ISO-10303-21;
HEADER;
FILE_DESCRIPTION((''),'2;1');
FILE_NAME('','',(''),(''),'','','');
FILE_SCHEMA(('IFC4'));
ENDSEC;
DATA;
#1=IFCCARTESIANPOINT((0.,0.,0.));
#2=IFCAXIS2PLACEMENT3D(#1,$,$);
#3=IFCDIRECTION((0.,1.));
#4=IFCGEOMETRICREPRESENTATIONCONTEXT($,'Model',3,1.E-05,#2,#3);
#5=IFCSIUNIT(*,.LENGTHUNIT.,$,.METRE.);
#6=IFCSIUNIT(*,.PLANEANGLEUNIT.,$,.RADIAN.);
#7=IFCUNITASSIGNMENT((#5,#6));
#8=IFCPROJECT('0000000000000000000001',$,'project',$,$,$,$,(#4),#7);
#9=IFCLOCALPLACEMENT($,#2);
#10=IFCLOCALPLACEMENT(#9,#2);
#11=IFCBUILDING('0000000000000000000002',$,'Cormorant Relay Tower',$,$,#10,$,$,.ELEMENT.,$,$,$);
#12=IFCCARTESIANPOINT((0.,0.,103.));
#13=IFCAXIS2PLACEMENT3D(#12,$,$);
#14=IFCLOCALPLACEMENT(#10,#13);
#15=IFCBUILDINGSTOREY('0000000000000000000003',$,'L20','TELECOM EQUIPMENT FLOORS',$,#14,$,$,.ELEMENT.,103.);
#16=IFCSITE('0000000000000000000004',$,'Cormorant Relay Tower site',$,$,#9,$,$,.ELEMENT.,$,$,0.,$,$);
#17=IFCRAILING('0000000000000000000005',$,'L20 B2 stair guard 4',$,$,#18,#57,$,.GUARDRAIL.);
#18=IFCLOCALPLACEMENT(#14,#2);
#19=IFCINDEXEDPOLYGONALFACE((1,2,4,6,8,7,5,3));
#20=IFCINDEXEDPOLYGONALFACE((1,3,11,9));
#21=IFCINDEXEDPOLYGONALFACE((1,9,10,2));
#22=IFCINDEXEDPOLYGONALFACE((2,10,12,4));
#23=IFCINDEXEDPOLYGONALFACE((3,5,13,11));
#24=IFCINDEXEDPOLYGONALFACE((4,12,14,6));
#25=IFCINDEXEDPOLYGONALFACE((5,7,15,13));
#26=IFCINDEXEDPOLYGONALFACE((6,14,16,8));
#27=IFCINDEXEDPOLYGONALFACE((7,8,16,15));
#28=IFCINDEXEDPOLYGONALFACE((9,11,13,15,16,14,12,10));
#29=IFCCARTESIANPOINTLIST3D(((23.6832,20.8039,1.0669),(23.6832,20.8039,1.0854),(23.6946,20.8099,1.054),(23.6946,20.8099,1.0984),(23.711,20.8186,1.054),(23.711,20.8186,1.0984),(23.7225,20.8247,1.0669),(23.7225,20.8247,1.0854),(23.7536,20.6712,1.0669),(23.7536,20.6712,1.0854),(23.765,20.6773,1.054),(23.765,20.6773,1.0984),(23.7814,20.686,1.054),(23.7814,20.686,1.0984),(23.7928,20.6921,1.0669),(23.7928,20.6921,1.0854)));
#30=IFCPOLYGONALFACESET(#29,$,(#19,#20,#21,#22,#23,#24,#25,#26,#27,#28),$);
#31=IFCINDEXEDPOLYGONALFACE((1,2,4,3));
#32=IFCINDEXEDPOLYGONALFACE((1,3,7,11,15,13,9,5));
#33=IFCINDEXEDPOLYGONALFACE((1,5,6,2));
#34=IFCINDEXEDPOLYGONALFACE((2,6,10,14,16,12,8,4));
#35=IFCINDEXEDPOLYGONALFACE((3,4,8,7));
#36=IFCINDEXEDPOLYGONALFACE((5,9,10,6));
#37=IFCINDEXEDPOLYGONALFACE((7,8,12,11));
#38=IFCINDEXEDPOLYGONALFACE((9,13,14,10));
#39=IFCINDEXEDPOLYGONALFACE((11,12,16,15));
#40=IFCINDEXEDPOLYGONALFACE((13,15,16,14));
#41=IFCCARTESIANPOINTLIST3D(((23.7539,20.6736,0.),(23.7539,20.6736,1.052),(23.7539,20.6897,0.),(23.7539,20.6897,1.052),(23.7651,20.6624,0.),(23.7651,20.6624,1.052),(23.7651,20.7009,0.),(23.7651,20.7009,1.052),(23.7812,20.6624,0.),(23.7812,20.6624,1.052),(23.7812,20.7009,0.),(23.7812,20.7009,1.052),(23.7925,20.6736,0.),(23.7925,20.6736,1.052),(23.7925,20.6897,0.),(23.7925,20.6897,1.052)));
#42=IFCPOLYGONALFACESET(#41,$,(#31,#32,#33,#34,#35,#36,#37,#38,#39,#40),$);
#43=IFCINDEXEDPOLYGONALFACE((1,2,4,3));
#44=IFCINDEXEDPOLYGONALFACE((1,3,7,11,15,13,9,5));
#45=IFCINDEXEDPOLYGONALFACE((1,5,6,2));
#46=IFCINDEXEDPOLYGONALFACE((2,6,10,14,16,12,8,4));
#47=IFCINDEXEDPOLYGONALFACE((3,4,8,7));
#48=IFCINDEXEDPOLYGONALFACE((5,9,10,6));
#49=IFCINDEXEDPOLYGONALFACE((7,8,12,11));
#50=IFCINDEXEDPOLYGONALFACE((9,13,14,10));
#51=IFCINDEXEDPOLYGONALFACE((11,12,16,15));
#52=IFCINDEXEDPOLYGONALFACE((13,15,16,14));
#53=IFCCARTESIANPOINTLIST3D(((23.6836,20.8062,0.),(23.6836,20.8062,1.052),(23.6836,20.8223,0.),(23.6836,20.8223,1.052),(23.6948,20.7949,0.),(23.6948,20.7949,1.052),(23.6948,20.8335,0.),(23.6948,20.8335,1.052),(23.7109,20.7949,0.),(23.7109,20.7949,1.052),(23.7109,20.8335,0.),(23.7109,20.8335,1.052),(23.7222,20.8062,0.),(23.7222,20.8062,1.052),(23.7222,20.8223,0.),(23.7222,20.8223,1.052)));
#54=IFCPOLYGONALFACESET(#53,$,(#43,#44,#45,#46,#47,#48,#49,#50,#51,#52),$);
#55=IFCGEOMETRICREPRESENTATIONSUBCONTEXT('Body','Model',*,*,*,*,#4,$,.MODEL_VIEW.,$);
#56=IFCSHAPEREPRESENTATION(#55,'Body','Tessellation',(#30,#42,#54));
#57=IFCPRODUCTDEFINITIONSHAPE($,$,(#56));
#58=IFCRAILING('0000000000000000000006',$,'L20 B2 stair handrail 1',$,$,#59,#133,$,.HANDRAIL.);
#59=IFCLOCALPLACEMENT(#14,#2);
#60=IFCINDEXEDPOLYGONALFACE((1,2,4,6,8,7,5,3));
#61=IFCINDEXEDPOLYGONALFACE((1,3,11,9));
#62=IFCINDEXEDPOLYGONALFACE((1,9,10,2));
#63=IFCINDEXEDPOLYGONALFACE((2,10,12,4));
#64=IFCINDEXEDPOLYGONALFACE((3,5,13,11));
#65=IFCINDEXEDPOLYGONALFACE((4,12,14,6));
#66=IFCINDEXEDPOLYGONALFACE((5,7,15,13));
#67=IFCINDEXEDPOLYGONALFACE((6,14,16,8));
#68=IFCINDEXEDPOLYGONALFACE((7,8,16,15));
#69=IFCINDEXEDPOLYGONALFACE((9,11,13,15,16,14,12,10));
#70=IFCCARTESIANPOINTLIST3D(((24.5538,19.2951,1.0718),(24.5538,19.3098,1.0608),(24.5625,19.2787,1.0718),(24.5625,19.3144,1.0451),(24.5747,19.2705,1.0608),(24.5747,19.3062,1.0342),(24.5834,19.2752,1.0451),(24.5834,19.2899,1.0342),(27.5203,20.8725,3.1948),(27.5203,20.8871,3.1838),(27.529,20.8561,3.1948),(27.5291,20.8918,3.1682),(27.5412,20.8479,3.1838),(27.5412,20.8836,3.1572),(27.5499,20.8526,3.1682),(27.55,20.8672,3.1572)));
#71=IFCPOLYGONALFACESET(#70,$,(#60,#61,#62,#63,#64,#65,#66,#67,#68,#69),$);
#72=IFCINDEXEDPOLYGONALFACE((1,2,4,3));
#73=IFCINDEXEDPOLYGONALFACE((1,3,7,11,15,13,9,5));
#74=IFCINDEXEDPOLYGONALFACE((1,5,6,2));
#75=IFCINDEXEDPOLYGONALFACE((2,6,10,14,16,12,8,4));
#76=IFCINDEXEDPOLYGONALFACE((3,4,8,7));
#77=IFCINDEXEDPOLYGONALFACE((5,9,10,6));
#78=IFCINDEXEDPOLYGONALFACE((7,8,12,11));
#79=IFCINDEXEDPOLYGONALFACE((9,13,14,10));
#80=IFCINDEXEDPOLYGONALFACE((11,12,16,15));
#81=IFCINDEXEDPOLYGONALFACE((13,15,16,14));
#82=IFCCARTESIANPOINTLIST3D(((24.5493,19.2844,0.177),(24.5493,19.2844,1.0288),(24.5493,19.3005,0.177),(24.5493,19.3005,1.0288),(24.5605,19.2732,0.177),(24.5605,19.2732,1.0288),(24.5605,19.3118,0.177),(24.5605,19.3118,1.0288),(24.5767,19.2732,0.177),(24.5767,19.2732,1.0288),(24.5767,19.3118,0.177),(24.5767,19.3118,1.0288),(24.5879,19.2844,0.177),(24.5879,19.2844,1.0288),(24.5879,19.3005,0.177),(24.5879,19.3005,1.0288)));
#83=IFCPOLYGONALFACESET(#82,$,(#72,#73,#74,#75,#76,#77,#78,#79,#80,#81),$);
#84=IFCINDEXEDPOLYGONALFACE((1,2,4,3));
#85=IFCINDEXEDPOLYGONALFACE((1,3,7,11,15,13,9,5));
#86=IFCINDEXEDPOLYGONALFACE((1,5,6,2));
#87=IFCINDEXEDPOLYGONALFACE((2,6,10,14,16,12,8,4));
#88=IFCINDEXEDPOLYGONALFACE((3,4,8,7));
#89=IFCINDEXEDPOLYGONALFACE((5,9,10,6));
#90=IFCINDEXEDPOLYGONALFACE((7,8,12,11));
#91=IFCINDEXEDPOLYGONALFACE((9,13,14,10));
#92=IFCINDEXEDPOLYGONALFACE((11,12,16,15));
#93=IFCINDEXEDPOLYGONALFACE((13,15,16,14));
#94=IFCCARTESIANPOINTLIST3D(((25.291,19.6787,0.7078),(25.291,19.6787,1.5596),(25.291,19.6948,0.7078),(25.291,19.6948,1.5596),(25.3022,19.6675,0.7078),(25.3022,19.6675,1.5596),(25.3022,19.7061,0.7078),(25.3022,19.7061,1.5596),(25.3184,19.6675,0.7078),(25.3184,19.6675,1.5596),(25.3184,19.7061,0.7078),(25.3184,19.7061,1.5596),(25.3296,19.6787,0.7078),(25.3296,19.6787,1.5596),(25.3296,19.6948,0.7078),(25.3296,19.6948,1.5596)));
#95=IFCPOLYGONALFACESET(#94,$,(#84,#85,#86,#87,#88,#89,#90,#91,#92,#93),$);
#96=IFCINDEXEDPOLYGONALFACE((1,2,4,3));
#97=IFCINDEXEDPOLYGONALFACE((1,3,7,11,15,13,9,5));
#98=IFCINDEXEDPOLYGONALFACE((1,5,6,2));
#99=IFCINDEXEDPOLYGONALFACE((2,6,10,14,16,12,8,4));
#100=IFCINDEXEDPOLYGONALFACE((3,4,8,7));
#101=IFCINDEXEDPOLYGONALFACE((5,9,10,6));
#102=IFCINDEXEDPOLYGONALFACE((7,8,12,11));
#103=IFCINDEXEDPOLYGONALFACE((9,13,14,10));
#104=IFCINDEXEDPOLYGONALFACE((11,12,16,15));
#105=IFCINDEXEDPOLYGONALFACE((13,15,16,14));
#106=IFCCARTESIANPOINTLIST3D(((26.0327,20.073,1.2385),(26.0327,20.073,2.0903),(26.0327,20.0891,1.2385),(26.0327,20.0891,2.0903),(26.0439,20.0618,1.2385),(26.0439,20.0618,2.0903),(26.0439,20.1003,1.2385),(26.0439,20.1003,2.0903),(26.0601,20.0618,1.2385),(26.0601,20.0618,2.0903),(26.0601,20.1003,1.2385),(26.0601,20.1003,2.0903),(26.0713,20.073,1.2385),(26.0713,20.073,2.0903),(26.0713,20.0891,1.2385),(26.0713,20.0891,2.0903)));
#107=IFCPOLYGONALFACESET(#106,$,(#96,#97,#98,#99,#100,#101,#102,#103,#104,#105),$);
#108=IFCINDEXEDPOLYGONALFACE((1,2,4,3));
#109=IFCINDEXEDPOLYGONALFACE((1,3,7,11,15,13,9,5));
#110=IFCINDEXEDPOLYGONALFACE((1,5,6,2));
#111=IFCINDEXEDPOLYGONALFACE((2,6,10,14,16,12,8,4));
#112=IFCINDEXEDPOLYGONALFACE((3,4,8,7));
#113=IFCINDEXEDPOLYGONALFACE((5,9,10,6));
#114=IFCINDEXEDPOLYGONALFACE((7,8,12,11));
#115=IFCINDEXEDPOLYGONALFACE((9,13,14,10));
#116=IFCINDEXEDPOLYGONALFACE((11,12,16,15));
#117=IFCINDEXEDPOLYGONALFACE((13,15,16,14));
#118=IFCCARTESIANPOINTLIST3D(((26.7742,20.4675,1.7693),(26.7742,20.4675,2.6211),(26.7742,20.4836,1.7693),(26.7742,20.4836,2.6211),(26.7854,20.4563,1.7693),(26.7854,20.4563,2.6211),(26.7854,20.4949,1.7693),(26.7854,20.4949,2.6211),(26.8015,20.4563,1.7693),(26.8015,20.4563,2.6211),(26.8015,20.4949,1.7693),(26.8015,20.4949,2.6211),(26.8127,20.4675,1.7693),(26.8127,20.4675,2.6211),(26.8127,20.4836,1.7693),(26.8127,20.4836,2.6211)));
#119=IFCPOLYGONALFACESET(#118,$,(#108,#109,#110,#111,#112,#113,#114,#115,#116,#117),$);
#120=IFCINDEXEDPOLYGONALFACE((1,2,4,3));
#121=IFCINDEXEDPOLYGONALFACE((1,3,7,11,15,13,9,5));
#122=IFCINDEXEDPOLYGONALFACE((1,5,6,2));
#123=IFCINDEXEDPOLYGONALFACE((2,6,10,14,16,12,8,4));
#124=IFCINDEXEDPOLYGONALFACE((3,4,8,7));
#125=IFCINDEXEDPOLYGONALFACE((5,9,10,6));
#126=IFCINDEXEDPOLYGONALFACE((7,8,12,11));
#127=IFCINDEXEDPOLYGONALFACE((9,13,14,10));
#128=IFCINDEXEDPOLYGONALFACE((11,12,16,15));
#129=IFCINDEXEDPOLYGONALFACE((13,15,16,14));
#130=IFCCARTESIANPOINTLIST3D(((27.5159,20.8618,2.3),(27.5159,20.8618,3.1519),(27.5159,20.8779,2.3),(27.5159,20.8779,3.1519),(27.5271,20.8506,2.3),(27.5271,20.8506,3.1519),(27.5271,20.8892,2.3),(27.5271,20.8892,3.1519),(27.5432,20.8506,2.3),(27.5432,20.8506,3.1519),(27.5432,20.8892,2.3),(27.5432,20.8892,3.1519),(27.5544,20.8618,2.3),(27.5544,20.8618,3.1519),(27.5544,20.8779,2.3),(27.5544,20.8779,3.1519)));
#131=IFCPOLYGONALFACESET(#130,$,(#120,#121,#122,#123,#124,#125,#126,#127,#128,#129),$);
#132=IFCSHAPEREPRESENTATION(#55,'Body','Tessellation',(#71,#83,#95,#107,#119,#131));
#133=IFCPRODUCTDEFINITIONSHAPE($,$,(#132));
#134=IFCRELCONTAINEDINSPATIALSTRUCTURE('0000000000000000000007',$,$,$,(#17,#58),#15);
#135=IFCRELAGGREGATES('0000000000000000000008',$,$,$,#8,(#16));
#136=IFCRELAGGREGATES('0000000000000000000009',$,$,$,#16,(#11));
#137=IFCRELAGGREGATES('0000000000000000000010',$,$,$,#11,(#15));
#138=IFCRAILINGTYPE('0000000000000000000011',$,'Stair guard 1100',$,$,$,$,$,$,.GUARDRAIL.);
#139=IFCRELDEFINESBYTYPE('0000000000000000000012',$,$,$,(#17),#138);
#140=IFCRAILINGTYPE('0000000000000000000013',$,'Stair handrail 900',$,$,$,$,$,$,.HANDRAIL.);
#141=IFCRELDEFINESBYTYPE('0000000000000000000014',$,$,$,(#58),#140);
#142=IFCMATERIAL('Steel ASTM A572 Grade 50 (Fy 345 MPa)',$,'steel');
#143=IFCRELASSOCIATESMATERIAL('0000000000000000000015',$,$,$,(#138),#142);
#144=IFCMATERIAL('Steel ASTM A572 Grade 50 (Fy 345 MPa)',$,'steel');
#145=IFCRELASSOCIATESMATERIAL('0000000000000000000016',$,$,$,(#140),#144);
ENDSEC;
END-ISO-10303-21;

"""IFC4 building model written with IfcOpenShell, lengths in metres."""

from ifc_helpers import new_model, si_unit, direction, frame, origin, place, context, subcontext, project, spatial, polyline, outline, extrude, material, type_object, element, save


model = new_model("IFC4")

# Units and contexts
model_context = context("Model", 3, precision=1e-05, world=origin(), true_north=direction((0.0, 1.0)))
body_context = subcontext(model_context, "Body", "Model", "MODEL_VIEW")
ifc_project = project(units=[si_unit("LENGTHUNIT", "METRE"), si_unit("PLANEANGLEUNIT", "RADIAN")], contexts=[model_context])

# Site, building, storey
site_placement = place(None, origin())
site = spatial("IfcSite", under=ifc_project, at=site_placement, Name="Cormorant Relay Tower site", CompositionType="ELEMENT", RefElevation=0.0)
building_placement = place(site_placement, origin())
building = spatial("IfcBuilding", under=site, at=building_placement, Name="Cormorant Relay Tower", CompositionType="ELEMENT")
storey_placement = place(building_placement, frame((0.0, 0.0, 103.0)))
storey = spatial("IfcBuildingStorey", under=building, at=storey_placement, Name="L20", Description="TELECOM EQUIPMENT FLOORS", CompositionType="ELEMENT", Elevation=103.0)

# Railings
ifc_material_1 = material(Name="Steel ASTM A572 Grade 50 (Fy 345 MPa)", Category="steel")
railing_type_1 = type_object("IfcRailingType", Name="Stair guard 1100", PredefinedType="GUARDRAIL", material=ifc_material_1)
railing_1_placement = place(storey_placement, frame((23.7732, 20.6816, 0.0)))
element("IfcRailing", 1, at=railing_1_placement, inside=storey, type_object=railing_type_1, Name="L20 B2 stair guard 4", PredefinedType="GUARDRAIL", context=body_context, shape_type="SweptSolid", body=[
    extrude(outline(polyline([(0.0222, 0.0093), (0.0093, 0.0222), (-0.0093, 0.0222), (-0.0222, 0.0093), (-0.0222, -0.0093), (-0.0093, -0.0222), (0.0093, -0.0222), (0.0222, -0.0093), (0.0222, 0.0093)])), frame((0.0, 0.0, 1.0762), z_axis=(-0.46856, 0.883431, 0.0), x_axis=(-0.883431, -0.46856, 0.0)), (0.0, 0.0, 1.0), 0.1501),
    extrude(outline(polyline([(0.0193, 0.0081), (0.0081, 0.0193), (-0.0081, 0.0193), (-0.0193, 0.0081), (-0.0193, -0.0081), (-0.0081, -0.0193), (0.0081, -0.0193), (0.0193, -0.0081), (0.0193, 0.0081)])), origin(), (0.0, 0.0, 1.0), 1.052),
    extrude(outline(polyline([(0.0193, 0.0081), (0.0081, 0.0193), (-0.0081, 0.0193), (-0.0193, 0.0081), (-0.0193, -0.0081), (-0.0081, -0.0193), (0.0081, -0.0193), (0.0193, -0.0081), (0.0193, 0.0081)])), frame((-0.0703, 0.1326, 0.0)), (0.0, 0.0, 1.0), 1.052),
])
ifc_material_2 = material(Name="Steel ASTM A572 Grade 50 (Fy 345 MPa)", Category="steel")
railing_type_2 = type_object("IfcRailingType", Name="Stair handrail 900", PredefinedType="HANDRAIL", material=ifc_material_2)
railing_2_placement = place(storey_placement, frame((24.5686, 19.2925, 0.177)))
element("IfcRailing", 2, at=railing_2_placement, inside=storey, type_object=railing_type_2, Name="L20 B2 stair handrail 1", PredefinedType="HANDRAIL", context=body_context, shape_type="SweptSolid", body=[
    extrude(outline(polyline([(0.0222, 0.0093), (0.0093, 0.0222), (-0.0093, 0.0222), (-0.0222, 0.0093), (-0.0222, -0.0093), (-0.0093, -0.0222), (0.0093, -0.0222), (0.0222, -0.0093), (0.0222, 0.0093)])), frame((0.0, 0.0, 0.876), z_axis=(0.746413, 0.396887, 0.534179), x_axis=(-0.469483, 0.882942, 0.0)), (0.0, 0.0, 1.0), 3.9744),
    extrude(outline(polyline([(0.0193, 0.0081), (0.0081, 0.0193), (-0.0081, 0.0193), (-0.0193, 0.0081), (-0.0193, -0.0081), (-0.0081, -0.0193), (0.0081, -0.0193), (0.0193, -0.0081), (0.0193, 0.0081)])), origin(), (0.0, 0.0, 1.0), 0.8518),
    extrude(outline(polyline([(0.0193, 0.0081), (0.0081, 0.0193), (-0.0081, 0.0193), (-0.0193, 0.0081), (-0.0193, -0.0081), (-0.0081, -0.0193), (0.0081, -0.0193), (0.0193, -0.0081), (0.0193, 0.0081)])), frame((0.7417, 0.3943, 0.5308)), (0.0, 0.0, 1.0), 0.8518),
    extrude(outline(polyline([(0.0193, 0.0081), (0.0081, 0.0193), (-0.0081, 0.0193), (-0.0193, 0.0081), (-0.0193, -0.0081), (-0.0081, -0.0193), (0.0081, -0.0193), (0.0193, -0.0081), (0.0193, 0.0081)])), frame((1.4834, 0.7886, 1.0615)), (0.0, 0.0, 1.0), 0.8518),
    extrude(outline(polyline([(0.0193, 0.0081), (0.0081, 0.0193), (-0.0081, 0.0193), (-0.0193, 0.0081), (-0.0193, -0.0081), (-0.0081, -0.0193), (0.0081, -0.0193), (0.0193, -0.0081), (0.0193, 0.0081)])), frame((2.2249, 1.1831, 1.5923)), (0.0, 0.0, 1.0), 0.8518),
    extrude(outline(polyline([(0.0193, 0.0081), (0.0081, 0.0193), (-0.0081, 0.0193), (-0.0193, 0.0081), (-0.0193, -0.0081), (-0.0081, -0.0193), (0.0081, -0.0193), (0.0193, -0.0081), (0.0193, 0.0081)])), frame((2.9666, 1.5774, 2.123)), (0.0, 0.0, 1.0), 0.8518),
])

save(model, "model.ifc")
